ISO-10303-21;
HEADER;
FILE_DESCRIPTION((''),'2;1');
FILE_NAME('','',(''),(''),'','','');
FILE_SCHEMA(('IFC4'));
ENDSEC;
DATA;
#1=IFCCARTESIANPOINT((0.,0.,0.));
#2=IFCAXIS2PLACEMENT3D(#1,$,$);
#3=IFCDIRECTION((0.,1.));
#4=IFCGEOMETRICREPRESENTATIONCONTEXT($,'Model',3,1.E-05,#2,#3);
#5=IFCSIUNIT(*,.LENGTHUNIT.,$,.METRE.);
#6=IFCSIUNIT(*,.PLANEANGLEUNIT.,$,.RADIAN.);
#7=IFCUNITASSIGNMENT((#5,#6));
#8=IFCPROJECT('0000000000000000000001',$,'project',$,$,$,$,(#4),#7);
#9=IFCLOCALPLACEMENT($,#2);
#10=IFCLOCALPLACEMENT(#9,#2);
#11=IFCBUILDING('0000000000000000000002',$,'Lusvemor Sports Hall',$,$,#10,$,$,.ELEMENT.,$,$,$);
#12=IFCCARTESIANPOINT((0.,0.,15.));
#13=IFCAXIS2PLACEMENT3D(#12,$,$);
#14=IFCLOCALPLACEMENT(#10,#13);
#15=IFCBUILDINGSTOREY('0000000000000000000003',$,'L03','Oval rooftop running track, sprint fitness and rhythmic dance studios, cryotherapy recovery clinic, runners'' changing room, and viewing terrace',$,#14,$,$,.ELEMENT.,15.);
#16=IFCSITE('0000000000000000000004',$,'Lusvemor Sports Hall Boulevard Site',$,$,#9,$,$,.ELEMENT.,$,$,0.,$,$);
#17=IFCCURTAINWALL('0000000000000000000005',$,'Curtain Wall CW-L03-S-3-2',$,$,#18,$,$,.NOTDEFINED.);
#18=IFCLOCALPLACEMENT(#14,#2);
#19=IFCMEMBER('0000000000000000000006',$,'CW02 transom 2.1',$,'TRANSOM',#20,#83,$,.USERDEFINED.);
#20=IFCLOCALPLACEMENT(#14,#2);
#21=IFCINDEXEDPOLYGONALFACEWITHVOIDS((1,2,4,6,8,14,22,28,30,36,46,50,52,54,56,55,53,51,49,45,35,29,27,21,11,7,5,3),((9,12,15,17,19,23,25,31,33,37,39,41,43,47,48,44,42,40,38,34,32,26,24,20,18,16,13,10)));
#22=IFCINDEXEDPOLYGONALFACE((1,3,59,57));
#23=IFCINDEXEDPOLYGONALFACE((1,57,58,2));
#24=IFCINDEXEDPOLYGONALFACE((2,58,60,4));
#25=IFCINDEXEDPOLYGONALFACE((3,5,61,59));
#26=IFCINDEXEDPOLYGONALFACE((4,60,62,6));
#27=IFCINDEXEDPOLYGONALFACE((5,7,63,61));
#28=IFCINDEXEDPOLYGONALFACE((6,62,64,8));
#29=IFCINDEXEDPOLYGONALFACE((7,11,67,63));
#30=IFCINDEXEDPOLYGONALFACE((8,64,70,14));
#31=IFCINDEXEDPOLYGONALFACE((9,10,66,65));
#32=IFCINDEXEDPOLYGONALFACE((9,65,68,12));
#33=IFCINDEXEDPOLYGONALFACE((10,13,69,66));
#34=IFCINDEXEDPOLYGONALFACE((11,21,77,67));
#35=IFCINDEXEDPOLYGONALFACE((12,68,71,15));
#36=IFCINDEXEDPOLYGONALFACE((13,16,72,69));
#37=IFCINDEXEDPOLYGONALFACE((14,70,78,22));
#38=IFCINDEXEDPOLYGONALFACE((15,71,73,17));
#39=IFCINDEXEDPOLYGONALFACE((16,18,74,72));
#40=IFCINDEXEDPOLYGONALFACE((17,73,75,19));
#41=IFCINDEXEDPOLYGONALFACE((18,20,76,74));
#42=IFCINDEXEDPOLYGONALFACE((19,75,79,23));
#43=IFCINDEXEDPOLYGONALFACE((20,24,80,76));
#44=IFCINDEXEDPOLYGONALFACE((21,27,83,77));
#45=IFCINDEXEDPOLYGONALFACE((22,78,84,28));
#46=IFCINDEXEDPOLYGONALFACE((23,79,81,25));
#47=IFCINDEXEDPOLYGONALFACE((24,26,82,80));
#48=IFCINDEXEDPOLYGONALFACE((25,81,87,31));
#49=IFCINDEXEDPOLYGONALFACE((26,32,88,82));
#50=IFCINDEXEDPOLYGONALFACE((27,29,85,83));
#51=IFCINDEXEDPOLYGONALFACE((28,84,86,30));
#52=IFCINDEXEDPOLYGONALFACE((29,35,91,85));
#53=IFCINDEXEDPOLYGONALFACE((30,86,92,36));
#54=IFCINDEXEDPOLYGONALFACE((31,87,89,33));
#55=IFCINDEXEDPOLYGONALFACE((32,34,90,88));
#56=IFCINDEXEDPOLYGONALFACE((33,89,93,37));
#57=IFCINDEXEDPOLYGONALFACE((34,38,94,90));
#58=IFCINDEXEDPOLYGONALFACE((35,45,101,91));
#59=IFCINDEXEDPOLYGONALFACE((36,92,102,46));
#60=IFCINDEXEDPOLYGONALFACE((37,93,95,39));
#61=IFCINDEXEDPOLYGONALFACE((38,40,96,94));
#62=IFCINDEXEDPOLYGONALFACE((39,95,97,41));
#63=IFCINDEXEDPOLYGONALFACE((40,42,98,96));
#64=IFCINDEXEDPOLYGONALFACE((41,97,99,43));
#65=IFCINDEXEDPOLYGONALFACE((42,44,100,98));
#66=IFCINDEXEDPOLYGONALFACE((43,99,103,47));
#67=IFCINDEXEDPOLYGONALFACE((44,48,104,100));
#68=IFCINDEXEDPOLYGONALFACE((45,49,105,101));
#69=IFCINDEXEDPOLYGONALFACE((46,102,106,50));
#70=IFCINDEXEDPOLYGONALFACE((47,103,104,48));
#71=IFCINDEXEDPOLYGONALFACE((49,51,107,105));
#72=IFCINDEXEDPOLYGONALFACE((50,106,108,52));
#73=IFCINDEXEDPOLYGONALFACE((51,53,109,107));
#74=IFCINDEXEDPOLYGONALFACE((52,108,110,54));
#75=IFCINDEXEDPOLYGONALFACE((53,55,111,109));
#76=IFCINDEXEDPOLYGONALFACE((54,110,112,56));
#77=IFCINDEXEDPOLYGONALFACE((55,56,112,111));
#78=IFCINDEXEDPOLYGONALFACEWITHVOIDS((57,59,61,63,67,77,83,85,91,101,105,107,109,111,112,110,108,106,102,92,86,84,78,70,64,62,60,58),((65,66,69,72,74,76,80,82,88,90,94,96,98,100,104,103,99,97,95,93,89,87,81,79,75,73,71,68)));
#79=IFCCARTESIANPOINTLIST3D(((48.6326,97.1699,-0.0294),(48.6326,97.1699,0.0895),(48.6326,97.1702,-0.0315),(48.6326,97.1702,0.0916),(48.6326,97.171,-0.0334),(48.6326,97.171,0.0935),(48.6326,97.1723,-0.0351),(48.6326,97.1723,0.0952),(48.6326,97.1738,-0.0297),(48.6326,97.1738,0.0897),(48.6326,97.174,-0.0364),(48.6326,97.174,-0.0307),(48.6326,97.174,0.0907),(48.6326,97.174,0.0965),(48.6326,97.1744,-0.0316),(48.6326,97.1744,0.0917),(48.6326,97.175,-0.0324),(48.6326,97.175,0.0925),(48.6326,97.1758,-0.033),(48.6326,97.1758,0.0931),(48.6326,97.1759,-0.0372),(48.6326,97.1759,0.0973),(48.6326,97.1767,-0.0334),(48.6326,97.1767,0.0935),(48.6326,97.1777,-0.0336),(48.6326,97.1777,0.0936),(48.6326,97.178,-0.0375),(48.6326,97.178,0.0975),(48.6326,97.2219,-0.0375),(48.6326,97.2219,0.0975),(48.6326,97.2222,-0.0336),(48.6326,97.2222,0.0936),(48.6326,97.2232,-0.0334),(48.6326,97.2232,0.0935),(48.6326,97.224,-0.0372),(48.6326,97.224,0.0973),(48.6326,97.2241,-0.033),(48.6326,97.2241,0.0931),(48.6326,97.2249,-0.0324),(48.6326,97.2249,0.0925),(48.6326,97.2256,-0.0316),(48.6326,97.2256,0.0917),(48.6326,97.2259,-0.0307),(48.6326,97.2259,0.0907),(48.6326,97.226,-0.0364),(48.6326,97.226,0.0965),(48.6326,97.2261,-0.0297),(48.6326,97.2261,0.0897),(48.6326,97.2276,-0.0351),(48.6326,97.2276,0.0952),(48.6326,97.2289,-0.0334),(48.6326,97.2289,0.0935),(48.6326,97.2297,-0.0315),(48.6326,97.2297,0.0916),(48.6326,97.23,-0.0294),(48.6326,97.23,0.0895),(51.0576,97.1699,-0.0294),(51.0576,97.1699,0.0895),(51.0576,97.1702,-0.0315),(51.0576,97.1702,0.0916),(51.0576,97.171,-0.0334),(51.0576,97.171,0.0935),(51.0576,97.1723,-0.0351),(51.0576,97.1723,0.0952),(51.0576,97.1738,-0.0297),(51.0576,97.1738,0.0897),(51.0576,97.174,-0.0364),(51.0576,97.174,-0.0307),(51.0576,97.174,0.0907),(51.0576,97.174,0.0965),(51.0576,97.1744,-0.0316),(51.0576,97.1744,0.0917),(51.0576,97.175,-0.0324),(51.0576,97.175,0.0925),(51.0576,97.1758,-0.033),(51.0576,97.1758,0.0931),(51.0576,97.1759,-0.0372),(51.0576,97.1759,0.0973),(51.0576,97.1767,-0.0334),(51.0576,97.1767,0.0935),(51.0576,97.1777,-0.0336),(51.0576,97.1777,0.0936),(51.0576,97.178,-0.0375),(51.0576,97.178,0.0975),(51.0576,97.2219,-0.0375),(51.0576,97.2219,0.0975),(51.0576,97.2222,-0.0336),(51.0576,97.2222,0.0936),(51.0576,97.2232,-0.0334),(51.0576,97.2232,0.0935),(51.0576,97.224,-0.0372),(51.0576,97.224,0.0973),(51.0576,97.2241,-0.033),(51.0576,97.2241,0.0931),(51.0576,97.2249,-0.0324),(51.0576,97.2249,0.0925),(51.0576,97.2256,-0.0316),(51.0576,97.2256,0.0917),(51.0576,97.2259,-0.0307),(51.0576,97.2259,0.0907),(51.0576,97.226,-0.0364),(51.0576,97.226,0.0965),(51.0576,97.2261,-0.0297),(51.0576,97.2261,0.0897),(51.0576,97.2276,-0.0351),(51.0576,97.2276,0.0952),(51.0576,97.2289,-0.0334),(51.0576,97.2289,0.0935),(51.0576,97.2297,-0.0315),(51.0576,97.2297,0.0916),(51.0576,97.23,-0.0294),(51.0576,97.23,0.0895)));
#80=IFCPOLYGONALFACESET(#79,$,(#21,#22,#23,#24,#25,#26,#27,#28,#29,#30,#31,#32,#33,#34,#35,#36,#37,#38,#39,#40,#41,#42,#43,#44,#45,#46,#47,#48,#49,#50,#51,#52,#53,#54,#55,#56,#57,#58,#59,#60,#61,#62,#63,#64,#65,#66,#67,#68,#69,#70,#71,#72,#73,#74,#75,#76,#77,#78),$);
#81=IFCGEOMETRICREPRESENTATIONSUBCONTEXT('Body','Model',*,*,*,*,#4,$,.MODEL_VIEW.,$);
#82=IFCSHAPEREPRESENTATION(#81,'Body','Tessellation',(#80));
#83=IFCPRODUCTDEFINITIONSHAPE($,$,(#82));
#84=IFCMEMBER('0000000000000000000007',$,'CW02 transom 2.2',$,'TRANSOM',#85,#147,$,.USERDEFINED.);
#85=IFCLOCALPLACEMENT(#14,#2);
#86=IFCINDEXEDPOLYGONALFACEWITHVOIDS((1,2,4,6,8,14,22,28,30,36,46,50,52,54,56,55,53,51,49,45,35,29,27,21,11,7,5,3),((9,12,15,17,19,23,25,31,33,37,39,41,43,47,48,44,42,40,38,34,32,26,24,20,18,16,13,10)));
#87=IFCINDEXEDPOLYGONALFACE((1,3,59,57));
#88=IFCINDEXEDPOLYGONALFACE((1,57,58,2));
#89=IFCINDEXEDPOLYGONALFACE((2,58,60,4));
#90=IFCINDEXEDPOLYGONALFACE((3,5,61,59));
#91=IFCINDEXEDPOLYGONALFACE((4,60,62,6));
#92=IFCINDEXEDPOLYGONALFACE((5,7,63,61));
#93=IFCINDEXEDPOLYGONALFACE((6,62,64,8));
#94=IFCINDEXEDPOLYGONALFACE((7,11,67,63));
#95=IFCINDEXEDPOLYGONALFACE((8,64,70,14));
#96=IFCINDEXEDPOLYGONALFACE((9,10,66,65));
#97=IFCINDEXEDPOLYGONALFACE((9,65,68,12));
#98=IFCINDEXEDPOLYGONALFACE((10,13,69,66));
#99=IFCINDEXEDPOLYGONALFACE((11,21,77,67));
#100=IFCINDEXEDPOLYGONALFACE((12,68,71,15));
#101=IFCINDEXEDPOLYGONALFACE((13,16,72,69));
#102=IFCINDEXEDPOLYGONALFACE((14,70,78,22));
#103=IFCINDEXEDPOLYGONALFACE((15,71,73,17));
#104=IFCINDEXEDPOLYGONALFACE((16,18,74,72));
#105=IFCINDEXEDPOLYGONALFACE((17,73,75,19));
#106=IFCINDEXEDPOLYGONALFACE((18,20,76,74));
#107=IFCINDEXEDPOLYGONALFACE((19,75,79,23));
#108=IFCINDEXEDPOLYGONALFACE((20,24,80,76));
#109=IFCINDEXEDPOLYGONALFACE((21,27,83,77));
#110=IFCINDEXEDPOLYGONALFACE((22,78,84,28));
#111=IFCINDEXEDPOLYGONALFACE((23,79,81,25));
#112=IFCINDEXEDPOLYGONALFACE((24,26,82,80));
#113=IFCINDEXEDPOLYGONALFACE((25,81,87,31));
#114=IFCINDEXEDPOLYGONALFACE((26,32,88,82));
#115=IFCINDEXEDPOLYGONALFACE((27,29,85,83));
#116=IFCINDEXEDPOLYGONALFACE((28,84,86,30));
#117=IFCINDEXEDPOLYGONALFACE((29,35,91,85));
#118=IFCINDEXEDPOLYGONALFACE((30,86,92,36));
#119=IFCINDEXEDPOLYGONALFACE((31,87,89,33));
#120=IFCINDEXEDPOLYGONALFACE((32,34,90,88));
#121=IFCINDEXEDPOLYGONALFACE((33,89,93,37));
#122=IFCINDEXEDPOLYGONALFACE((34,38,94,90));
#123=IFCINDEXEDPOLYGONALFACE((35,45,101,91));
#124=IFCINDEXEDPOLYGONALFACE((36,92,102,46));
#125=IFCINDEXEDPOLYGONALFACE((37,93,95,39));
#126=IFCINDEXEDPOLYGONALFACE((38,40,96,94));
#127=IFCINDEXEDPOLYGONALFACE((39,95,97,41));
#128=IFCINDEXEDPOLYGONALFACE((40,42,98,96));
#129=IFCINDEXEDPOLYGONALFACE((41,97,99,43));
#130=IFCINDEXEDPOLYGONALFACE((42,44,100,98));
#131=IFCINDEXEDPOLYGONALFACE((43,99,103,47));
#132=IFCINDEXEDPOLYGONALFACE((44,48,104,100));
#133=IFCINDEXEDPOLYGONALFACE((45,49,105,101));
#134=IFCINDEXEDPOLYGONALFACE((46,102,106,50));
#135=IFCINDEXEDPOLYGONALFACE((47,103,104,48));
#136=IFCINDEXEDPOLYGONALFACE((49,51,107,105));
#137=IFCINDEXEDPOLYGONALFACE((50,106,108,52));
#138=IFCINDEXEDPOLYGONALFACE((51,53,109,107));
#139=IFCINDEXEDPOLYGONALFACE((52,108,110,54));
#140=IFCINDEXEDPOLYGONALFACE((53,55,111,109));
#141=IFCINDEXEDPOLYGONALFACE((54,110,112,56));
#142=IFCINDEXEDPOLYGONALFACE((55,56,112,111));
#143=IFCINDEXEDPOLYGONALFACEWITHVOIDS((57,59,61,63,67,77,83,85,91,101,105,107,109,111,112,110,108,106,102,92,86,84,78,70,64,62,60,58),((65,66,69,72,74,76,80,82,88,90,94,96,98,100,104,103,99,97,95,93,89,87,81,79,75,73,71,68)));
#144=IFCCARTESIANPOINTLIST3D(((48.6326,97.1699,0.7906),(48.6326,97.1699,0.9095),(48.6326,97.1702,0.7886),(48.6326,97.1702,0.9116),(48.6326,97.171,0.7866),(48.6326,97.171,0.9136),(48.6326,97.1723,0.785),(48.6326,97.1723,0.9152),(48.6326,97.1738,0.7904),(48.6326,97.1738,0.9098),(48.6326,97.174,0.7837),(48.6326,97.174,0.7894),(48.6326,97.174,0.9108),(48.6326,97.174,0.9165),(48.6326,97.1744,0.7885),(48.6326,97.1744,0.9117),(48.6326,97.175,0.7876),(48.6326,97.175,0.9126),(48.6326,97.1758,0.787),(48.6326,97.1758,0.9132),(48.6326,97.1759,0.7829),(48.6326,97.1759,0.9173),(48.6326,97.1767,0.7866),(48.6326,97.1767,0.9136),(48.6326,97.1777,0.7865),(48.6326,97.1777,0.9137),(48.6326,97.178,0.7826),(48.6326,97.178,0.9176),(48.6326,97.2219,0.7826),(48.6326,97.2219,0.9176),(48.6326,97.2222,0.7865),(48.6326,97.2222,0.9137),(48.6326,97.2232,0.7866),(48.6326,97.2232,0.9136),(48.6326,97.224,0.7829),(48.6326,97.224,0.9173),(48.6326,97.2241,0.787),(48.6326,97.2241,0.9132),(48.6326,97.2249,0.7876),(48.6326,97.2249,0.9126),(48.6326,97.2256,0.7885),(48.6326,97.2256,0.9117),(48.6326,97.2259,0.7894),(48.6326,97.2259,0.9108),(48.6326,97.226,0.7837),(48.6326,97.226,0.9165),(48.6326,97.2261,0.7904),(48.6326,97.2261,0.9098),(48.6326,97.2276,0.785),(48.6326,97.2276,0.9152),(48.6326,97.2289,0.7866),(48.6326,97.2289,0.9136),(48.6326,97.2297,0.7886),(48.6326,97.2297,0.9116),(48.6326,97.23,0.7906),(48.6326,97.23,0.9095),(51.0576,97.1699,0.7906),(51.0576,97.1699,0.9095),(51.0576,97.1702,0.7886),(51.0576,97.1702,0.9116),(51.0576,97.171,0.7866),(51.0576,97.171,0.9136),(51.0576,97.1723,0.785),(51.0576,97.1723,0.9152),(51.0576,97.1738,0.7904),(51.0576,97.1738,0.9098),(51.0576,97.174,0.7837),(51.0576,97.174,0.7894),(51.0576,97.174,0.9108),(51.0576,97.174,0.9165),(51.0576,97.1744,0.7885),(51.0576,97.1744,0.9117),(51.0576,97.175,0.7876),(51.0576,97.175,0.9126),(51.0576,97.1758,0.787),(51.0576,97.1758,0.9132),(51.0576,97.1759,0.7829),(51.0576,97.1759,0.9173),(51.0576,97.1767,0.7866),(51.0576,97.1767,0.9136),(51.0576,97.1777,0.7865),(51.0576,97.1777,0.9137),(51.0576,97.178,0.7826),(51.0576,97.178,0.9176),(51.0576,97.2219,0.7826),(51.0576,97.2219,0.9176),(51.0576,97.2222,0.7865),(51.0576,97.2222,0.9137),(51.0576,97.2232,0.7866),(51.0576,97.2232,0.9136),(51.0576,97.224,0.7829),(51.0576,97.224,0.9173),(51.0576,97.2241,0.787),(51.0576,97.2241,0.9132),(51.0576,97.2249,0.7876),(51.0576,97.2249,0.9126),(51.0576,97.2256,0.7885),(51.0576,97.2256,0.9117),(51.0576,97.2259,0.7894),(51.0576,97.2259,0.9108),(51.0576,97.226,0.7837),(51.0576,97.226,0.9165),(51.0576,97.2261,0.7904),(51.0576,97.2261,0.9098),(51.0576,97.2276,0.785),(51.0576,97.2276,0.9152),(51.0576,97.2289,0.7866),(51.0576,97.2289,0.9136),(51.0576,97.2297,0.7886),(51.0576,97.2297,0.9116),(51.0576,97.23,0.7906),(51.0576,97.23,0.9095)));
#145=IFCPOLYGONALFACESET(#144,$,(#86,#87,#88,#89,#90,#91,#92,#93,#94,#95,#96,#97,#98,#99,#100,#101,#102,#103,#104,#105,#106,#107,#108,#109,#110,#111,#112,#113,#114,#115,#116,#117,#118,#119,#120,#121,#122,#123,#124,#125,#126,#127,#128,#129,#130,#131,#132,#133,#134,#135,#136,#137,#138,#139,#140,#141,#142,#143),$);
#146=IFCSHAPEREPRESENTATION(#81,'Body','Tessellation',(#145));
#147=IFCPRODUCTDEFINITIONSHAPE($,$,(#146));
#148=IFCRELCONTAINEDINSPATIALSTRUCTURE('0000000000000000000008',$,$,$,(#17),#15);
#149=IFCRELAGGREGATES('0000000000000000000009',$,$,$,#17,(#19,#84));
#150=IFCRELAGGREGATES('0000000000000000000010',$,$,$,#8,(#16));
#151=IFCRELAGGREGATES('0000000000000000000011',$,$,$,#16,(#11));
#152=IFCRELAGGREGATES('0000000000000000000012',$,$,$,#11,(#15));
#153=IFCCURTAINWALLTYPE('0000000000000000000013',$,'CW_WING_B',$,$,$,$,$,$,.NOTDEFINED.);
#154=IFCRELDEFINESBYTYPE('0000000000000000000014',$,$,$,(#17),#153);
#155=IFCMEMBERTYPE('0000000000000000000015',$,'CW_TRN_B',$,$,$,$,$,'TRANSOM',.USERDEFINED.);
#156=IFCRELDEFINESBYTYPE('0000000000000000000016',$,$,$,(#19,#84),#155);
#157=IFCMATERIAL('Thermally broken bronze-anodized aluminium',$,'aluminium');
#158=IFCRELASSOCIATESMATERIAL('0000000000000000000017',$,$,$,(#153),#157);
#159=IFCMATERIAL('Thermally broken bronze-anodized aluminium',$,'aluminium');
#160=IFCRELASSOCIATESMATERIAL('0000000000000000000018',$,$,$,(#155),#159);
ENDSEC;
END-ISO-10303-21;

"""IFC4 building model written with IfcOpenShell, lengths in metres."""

from ifc_helpers import new_model, si_unit, direction, frame, origin, origin_2d, place, context, subcontext, project, spatial, hollow_rectangle, extrude, material, material_profile, profile_set, type_object, element, aggregate, save


model = new_model("IFC4")

# Units and contexts
model_context = context("Model", 3, precision=1e-05, world=origin(), true_north=direction((0.0, 1.0)))
body_context = subcontext(model_context, "Body", "Model", "MODEL_VIEW")
ifc_project = project(units=[si_unit("LENGTHUNIT", "METRE"), si_unit("PLANEANGLEUNIT", "RADIAN")], contexts=[model_context])

# Site, building, storey
site_placement = place(None, origin())
site = spatial("IfcSite", under=ifc_project, at=site_placement, Name="Lusvemor Sports Hall Boulevard Site", CompositionType="ELEMENT", RefElevation=0.0)
building_placement = place(site_placement, origin())
building = spatial("IfcBuilding", under=site, at=building_placement, Name="Lusvemor Sports Hall", CompositionType="ELEMENT")
storey_placement = place(building_placement, frame((0.0, 0.0, 15.0)))
storey = spatial("IfcBuildingStorey", under=building, at=storey_placement, Name="L03", Description="Oval rooftop running track, sprint fitness and rhythmic dance studios, cryotherapy recovery clinic, runners' changing room, and viewing terrace", CompositionType="ELEMENT", Elevation=15.0)

# Curtain wall, members
ifc_material_1 = material(Name="Thermally broken bronze-anodized aluminium", Category="aluminium")
curtain_wall_type = type_object("IfcCurtainWallType", Name="CW_WING_B", PredefinedType="NOTDEFINED", material=ifc_material_1)
curtain_wall_placement = place(storey_placement, origin())
curtain_wall = element("IfcCurtainWall", 1, at=curtain_wall_placement, inside=storey, type_object=curtain_wall_type, Name="Curtain Wall CW-L03-S-3-2", PredefinedType="NOTDEFINED")
ifc_material_2 = material(Name="Thermally broken bronze-anodized aluminium", Category="aluminium")
ifc_material_profile_1 = material_profile(ifc_material_2, hollow_rectangle(XDim=0.0601, YDim=0.135, WallThickness=0.0039, InnerFilletRadius=0.0039, OuterFilletRadius=0.0081, at=origin_2d()), Name="CWTRN135x60x4")
ifc_profile_set_1 = profile_set([ifc_material_profile_1], Name="Thermally broken bronze-anodized aluminium")
member_type_1 = type_object("IfcMemberType", Name="CW_TRN_B", ElementType="TRANSOM", PredefinedType="USERDEFINED", material=ifc_profile_set_1)
member_1_placement = place(storey_placement, frame((51.0576, 97.2, 0.03), z_axis=(-1.0, 0.0, 0.0), x_axis=(0.0, -1.0, 0.0)))
member_1 = element("IfcMember", 2, at=member_1_placement, type_object=member_type_1, Name="CW02 transom 2.1", ObjectType="TRANSOM", PredefinedType="USERDEFINED", context=body_context, shape_type="SweptSolid", body=[
    extrude(hollow_rectangle(XDim=0.0601, YDim=0.135, WallThickness=0.0039, InnerFilletRadius=0.0039, OuterFilletRadius=0.0081, at=origin_2d()), origin(), (0.0, 0.0, 1.0), 2.425),
])
member_2_placement = place(storey_placement, frame((51.0576, 97.2, 0.8501), z_axis=(-1.0, 0.0, 0.0), x_axis=(0.0, -1.0, 0.0)))
member_2 = element("IfcMember", 3, at=member_2_placement, type_object=member_type_1, Name="CW02 transom 2.2", ObjectType="TRANSOM", PredefinedType="USERDEFINED", context=body_context, shape_type="SweptSolid", body=[
    extrude(hollow_rectangle(XDim=0.0601, YDim=0.135, WallThickness=0.0039, InnerFilletRadius=0.0039, OuterFilletRadius=0.0081, at=origin_2d()), origin(), (0.0, 0.0, 1.0), 2.425),
])

aggregate(curtain_wall, [member_1, member_2])

save(model, "model.ifc")
